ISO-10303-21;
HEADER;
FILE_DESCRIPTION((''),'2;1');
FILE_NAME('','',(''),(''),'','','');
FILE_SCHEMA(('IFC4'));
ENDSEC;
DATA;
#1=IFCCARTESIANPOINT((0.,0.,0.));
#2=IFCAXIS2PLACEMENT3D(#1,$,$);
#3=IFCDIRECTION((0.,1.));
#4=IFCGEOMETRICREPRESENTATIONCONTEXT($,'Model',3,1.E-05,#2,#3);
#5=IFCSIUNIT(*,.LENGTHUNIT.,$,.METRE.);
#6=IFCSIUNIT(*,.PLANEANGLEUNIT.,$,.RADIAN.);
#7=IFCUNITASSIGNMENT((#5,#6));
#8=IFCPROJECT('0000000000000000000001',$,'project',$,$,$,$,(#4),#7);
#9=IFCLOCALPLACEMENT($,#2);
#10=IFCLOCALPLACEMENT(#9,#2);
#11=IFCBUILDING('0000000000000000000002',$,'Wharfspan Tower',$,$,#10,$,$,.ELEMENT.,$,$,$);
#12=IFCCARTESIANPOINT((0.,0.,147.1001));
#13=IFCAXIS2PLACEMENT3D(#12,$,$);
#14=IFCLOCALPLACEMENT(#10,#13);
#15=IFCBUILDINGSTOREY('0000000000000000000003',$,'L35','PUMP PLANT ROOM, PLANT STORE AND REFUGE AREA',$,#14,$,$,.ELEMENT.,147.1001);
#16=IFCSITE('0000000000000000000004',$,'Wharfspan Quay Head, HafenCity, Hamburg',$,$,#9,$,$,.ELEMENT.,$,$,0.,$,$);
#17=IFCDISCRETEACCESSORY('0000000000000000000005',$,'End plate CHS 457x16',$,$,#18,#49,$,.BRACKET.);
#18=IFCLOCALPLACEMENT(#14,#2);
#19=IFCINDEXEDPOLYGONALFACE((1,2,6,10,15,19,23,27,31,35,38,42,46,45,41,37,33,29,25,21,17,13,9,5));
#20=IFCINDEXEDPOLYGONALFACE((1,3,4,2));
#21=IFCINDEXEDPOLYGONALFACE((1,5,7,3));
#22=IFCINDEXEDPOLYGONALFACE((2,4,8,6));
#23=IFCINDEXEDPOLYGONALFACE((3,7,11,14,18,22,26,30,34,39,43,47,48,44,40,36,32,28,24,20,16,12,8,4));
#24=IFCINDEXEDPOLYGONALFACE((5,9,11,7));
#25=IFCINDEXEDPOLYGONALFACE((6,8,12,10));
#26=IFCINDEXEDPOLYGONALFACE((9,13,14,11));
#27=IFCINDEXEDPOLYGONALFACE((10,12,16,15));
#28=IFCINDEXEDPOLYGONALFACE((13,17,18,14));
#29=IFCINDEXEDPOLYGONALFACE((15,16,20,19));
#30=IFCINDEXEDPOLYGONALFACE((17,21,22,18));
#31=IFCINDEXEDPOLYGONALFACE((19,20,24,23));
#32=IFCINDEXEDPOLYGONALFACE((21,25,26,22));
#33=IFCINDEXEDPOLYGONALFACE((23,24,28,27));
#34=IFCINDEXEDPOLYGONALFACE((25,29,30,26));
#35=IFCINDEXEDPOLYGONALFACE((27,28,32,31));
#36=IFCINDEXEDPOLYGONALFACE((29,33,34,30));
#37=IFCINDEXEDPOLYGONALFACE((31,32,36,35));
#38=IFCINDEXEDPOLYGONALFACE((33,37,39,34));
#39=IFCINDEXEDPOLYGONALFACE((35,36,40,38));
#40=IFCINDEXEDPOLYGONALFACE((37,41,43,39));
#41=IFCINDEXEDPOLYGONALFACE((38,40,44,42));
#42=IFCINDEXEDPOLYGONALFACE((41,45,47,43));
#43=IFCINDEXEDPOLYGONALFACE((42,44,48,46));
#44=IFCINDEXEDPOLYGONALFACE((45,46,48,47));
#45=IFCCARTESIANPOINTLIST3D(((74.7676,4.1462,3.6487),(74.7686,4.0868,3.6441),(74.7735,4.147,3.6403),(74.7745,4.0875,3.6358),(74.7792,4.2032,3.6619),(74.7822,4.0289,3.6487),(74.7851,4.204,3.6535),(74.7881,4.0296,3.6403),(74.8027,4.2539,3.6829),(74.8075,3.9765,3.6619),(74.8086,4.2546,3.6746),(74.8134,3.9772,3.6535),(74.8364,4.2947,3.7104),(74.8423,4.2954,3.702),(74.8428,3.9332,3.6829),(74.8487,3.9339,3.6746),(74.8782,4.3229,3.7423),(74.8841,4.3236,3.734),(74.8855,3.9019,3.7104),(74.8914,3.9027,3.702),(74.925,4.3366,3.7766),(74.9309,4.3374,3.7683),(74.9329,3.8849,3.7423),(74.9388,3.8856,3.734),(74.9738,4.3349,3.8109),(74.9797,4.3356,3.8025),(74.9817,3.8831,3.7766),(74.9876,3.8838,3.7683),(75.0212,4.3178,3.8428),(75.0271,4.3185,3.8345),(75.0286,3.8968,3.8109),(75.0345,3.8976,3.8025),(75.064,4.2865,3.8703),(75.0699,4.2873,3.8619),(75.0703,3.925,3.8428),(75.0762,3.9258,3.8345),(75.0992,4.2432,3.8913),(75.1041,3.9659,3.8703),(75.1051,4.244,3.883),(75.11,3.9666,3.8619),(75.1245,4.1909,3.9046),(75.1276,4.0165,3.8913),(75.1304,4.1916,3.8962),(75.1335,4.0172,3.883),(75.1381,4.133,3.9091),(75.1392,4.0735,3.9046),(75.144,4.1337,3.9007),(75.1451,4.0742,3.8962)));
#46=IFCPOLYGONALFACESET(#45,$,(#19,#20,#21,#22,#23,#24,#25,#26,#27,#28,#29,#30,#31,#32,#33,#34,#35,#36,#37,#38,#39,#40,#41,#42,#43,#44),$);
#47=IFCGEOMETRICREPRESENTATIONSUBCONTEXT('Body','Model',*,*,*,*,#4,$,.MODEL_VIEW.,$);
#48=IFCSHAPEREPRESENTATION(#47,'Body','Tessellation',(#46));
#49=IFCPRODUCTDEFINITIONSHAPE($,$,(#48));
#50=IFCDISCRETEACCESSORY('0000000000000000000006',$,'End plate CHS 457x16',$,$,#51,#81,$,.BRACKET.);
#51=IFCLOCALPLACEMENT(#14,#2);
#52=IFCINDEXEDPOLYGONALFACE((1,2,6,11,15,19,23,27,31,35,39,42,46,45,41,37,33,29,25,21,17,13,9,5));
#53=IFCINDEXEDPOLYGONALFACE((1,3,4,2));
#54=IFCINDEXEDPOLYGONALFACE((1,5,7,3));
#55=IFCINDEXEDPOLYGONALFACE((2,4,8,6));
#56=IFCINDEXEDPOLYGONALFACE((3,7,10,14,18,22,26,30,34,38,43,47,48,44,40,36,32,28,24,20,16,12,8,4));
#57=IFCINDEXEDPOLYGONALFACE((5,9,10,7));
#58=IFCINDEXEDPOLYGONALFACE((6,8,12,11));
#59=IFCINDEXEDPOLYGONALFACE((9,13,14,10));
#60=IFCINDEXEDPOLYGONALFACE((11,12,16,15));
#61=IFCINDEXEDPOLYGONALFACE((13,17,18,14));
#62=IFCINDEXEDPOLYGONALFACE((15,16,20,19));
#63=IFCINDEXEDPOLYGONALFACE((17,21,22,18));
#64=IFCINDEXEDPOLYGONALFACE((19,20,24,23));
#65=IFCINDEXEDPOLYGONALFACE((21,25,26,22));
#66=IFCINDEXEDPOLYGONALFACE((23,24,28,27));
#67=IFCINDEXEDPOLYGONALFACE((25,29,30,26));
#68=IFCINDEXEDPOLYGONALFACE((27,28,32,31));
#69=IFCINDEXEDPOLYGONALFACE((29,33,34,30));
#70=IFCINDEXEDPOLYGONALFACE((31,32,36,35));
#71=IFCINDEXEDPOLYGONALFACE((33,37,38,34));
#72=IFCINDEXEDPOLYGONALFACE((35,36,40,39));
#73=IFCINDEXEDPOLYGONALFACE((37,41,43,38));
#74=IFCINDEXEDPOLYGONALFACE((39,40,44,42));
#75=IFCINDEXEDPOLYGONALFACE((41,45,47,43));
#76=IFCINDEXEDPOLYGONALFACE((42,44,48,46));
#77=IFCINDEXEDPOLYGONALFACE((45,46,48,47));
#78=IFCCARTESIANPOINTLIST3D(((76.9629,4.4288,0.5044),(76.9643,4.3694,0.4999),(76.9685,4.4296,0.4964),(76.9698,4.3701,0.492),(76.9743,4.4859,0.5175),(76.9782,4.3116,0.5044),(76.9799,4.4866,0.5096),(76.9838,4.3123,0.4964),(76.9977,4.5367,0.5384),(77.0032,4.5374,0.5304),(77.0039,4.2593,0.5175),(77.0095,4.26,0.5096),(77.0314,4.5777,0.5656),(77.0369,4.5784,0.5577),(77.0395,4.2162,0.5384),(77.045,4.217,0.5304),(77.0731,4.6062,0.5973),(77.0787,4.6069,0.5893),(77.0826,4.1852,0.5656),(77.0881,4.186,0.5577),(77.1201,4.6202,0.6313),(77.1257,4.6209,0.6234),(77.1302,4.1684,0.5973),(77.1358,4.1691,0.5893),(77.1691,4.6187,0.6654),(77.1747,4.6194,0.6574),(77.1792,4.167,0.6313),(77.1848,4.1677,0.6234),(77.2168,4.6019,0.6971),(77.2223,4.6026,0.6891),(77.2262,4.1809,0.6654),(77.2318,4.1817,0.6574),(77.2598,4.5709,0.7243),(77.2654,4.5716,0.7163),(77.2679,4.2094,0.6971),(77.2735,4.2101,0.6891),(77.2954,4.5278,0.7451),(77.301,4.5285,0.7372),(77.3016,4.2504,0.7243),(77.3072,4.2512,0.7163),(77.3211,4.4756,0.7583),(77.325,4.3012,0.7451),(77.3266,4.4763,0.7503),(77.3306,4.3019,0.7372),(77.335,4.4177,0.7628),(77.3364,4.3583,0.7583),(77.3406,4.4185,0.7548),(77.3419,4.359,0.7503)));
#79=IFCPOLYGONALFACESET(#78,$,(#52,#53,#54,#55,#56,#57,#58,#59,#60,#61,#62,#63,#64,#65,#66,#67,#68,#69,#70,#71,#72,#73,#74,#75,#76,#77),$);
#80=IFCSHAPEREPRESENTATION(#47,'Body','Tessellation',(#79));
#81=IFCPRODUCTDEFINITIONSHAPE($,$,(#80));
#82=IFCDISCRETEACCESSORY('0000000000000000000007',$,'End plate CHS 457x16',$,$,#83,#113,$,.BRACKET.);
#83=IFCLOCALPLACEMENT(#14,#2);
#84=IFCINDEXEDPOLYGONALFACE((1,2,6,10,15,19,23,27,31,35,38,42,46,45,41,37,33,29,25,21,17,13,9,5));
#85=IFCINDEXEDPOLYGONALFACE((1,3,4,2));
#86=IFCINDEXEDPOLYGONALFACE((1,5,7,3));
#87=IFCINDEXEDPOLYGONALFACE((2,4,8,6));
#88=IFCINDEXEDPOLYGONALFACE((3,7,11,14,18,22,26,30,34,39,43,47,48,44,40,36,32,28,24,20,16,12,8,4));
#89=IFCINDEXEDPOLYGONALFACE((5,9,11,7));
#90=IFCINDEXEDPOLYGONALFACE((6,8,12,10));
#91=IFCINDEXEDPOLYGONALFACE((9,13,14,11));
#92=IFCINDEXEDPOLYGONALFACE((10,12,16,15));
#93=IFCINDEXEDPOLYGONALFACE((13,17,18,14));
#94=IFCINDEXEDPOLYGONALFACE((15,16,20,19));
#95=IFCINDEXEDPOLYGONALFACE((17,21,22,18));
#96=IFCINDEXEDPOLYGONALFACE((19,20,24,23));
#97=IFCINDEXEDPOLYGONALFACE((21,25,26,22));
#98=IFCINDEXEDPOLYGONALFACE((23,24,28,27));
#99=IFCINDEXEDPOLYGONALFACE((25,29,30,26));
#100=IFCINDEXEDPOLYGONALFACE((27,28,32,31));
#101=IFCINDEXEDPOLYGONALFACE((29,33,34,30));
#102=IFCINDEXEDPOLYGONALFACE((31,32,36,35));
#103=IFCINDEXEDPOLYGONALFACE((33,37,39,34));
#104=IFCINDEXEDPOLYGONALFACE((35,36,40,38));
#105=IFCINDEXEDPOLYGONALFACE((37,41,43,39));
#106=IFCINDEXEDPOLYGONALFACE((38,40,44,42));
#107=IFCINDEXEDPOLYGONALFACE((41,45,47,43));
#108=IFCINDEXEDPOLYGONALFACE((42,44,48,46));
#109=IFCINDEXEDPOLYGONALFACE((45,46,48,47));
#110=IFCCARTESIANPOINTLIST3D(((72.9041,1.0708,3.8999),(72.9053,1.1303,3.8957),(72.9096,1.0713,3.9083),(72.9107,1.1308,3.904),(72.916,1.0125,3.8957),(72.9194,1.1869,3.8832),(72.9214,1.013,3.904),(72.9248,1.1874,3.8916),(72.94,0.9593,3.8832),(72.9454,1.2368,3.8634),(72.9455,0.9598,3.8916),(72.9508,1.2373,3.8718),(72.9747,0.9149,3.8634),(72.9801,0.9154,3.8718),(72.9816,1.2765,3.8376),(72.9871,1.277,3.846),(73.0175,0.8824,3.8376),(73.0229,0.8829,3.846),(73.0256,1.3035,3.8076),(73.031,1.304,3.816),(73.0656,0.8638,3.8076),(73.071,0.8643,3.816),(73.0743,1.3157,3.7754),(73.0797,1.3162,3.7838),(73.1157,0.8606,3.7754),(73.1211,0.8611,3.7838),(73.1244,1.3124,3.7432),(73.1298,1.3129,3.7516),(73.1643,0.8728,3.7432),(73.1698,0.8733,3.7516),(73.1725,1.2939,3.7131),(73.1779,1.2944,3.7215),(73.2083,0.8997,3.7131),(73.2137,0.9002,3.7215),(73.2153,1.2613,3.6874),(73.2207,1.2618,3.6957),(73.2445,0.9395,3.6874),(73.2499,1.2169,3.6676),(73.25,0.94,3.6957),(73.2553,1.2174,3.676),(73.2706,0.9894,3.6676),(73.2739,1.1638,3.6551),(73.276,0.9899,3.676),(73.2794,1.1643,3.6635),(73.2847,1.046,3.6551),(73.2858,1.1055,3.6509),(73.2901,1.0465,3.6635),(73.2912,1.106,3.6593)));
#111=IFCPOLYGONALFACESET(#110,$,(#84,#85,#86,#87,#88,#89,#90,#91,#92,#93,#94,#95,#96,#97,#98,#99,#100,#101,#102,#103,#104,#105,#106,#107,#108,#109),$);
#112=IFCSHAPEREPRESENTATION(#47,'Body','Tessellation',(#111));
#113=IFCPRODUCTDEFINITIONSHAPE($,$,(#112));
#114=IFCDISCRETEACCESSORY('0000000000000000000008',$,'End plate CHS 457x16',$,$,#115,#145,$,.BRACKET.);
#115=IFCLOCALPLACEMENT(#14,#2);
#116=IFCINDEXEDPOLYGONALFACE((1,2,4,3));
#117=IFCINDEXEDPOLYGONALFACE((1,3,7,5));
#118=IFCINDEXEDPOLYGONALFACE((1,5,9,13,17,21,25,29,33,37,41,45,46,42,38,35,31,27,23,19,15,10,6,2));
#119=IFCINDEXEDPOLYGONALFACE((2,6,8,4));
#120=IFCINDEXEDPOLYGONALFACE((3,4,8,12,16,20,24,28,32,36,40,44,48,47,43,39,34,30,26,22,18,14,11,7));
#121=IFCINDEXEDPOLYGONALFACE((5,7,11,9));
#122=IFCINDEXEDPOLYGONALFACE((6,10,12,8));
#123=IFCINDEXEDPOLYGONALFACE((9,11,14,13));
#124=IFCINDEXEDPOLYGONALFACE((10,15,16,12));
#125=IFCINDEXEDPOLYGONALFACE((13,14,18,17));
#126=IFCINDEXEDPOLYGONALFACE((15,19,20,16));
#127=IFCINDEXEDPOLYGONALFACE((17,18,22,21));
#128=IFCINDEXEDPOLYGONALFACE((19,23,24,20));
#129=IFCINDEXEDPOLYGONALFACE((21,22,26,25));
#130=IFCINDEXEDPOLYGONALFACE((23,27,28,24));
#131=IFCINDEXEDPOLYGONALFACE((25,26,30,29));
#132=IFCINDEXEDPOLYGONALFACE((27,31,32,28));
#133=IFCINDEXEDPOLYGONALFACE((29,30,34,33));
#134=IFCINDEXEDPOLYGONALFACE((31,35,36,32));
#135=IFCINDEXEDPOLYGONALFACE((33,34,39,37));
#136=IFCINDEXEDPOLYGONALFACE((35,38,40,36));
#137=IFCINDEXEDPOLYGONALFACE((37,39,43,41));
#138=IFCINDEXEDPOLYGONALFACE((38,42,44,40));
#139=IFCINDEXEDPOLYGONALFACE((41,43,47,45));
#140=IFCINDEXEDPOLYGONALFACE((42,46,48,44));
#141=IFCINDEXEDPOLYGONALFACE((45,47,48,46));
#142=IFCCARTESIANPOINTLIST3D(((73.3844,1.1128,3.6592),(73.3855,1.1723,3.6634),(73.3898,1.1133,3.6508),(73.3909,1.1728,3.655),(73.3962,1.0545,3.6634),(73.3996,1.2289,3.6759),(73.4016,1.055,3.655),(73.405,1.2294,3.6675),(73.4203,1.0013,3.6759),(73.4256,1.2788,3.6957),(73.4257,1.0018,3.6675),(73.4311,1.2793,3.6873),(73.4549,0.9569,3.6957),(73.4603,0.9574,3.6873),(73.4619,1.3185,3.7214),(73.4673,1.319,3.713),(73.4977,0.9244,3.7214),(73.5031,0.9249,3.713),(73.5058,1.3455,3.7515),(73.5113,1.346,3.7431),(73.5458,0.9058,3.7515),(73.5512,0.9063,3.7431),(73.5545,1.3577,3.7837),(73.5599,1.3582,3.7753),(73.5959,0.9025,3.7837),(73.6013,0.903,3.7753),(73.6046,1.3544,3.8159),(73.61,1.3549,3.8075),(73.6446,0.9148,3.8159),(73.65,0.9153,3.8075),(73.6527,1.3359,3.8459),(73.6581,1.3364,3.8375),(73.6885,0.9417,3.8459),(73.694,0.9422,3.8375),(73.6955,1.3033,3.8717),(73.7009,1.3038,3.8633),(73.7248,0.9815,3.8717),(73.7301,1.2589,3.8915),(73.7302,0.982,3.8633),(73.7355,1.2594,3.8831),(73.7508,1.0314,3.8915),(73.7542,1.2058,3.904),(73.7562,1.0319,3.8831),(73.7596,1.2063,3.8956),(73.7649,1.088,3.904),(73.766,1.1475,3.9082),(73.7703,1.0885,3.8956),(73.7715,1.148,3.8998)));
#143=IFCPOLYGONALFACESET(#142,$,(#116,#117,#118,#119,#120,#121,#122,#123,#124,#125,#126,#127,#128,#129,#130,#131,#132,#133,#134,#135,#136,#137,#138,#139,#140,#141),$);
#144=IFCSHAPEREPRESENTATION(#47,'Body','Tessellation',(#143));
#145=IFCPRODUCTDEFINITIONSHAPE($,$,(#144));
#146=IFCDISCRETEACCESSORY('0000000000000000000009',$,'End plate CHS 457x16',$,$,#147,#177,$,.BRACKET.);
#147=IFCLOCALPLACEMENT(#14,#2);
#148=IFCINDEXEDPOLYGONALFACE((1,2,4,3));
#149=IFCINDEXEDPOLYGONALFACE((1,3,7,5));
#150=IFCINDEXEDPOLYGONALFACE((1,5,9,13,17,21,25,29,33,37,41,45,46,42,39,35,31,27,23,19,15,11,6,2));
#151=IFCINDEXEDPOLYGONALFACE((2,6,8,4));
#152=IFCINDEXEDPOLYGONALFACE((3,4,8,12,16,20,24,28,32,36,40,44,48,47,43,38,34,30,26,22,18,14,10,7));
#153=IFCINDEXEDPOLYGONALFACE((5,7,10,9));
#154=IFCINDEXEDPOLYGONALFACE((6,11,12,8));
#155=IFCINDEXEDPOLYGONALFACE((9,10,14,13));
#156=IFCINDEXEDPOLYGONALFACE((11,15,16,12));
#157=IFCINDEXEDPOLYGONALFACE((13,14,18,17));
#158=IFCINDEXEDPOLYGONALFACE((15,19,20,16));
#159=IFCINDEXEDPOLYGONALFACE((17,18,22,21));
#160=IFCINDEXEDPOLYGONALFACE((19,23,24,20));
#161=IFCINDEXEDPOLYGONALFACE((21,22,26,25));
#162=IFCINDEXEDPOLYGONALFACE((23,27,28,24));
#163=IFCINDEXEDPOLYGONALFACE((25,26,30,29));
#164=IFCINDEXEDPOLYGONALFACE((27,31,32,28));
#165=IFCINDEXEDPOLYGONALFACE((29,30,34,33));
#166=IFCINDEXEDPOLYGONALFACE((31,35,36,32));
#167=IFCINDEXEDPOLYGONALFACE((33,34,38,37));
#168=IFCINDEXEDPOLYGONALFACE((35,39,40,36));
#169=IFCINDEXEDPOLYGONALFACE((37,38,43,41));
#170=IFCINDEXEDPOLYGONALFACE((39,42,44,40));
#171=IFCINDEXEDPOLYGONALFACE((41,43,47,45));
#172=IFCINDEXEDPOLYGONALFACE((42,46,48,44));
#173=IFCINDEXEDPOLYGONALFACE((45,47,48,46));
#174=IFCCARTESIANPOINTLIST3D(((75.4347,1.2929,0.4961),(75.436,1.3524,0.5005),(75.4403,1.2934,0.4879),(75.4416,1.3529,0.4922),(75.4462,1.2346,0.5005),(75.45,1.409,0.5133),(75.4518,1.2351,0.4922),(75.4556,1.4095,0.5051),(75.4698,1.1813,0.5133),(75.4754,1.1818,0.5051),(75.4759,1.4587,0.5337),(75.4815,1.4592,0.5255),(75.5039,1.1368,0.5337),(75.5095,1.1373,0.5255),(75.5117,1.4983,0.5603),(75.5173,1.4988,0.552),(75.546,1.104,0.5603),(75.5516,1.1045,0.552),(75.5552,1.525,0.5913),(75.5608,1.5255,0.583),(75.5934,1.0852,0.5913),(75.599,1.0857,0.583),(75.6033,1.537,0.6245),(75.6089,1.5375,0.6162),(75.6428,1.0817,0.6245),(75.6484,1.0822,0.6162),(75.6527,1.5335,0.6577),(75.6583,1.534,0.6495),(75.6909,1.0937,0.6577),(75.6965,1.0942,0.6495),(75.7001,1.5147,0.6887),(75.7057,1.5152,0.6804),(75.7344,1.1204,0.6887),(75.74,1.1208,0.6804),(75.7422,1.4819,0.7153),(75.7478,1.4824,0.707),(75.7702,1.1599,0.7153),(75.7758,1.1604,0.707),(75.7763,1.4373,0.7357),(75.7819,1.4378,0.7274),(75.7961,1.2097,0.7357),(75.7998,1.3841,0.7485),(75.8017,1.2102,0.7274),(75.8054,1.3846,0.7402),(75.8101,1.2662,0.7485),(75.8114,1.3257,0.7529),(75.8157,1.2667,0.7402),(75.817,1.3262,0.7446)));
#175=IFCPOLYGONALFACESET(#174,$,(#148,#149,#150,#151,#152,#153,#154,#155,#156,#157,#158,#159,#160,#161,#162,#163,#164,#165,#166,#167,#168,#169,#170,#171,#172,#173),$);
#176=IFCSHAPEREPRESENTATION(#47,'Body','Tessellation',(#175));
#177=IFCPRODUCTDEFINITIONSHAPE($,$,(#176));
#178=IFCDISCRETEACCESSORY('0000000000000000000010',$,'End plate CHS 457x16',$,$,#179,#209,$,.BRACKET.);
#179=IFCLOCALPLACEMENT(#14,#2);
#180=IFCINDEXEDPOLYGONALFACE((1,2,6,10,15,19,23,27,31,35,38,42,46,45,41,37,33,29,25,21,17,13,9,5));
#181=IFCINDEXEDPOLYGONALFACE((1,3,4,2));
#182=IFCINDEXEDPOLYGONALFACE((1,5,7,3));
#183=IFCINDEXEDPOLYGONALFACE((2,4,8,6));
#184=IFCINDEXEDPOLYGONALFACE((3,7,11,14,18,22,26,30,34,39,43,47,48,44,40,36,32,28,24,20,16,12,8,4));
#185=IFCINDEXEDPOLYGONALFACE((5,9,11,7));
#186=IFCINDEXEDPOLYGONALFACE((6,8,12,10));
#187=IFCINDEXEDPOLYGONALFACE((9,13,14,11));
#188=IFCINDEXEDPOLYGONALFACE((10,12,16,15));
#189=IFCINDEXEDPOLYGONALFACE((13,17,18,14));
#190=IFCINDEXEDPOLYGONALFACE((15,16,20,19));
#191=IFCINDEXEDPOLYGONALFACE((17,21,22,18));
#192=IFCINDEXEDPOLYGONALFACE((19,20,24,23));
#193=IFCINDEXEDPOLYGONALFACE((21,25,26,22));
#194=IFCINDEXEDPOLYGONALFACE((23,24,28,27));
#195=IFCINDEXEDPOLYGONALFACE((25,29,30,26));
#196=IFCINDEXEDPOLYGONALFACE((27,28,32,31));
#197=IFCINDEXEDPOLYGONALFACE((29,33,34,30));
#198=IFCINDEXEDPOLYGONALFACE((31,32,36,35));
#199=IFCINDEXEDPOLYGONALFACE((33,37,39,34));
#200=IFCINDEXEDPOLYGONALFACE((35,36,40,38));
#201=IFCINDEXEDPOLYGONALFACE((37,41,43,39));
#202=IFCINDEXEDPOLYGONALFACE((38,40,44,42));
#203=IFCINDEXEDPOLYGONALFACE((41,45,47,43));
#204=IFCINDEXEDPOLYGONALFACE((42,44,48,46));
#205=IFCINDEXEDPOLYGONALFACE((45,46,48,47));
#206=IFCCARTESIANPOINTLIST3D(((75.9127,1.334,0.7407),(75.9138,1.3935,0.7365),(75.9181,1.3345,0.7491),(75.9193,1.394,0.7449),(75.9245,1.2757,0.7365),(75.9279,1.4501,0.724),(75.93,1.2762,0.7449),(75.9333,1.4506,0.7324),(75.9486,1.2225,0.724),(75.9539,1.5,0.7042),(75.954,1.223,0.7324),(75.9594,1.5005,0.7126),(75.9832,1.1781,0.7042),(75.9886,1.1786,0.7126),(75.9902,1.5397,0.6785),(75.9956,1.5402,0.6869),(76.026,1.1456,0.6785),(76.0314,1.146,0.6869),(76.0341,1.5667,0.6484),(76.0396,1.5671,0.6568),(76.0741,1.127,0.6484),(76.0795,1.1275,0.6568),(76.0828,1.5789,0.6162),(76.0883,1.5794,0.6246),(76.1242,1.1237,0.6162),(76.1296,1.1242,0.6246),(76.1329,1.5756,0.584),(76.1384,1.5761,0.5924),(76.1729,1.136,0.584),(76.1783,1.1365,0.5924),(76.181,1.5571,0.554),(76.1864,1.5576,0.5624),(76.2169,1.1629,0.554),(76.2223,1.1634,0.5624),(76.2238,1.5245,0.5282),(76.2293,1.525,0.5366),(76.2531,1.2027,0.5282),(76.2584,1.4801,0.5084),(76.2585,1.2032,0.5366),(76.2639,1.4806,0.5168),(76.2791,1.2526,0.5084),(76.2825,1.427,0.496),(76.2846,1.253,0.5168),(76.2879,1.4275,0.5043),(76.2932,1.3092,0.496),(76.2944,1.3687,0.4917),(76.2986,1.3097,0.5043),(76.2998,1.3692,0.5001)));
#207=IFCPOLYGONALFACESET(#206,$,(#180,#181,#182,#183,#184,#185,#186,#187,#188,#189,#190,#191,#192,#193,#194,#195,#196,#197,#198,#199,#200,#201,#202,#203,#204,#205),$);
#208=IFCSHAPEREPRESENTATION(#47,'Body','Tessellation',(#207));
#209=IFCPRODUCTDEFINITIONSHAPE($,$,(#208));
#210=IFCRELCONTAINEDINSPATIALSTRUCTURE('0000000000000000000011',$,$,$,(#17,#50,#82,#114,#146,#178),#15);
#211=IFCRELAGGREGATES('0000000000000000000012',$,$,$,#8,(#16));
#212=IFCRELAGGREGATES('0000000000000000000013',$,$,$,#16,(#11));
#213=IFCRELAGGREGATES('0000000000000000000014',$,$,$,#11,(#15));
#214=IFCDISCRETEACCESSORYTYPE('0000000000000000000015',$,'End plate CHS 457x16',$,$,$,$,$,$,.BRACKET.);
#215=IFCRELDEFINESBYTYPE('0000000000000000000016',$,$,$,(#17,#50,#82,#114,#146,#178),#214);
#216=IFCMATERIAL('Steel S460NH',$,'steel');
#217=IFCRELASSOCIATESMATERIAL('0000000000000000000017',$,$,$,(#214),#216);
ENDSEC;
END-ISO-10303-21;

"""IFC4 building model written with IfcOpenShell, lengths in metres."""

from ifc_helpers import new_model, si_unit, direction, frame, origin, origin_2d, place, context, subcontext, project, spatial, circle, extrude, material, material_profile, profile_set, type_object, element, save


model = new_model("IFC4")

# Units and contexts
model_context = context("Model", 3, precision=1e-05, world=origin(), true_north=direction((0.0, 1.0)))
body_context = subcontext(model_context, "Body", "Model", "MODEL_VIEW")
ifc_project = project(units=[si_unit("LENGTHUNIT", "METRE"), si_unit("PLANEANGLEUNIT", "RADIAN")], contexts=[model_context])

# Site, building, storey
site_placement = place(None, origin())
site = spatial("IfcSite", under=ifc_project, at=site_placement, Name="Wharfspan Quay Head, HafenCity, Hamburg", CompositionType="ELEMENT", RefElevation=0.0)
building_placement = place(site_placement, origin())
building = spatial("IfcBuilding", under=site, at=building_placement, Name="Wharfspan Tower", CompositionType="ELEMENT")
storey_placement = place(building_placement, frame((0.0, 0.0, 147.1001)))
storey = spatial("IfcBuildingStorey", under=building, at=storey_placement, Name="L35", Description="PUMP PLANT ROOM, PLANT STORE AND REFUGE AREA", CompositionType="ELEMENT", Elevation=147.1001)

# Shared definitions
ifc_material_1 = material(Name="Steel S460NH", Category="steel")

# Discrete accessories
ifc_material_profile_1 = material_profile(ifc_material_1, circle(Radius=0.2285, at=origin_2d()))
ifc_profile_set_1 = profile_set([ifc_material_profile_1], Name="Steel S460NH")
discrete_accessory_type_1 = type_object("IfcDiscreteAccessoryType", Name="End plate CHS 457x16", PredefinedType="BRACKET", material=ifc_profile_set_1)
for number, where, z_axis, x_axis, name in (
    (1, (74.9534, 4.1099, 3.7766), (0.575191, 0.071899, -0.814853), (-0.124036, 0.992275, -0.000001), "End plate CHS 457x16"),
):
    element("IfcDiscreteAccessory", number, at=place(storey_placement, frame(where, z_axis=z_axis, x_axis=x_axis)), inside=storey, type_object=discrete_accessory_type_1, Name=name, PredefinedType="BRACKET", context=body_context, shape_type="SweptSolid", body=[
        extrude(circle(Radius=0.2285, at=origin_2d()), origin(), (0.0, 0.0, 1.0), 0.0103),
    ])
discrete_accessory_1_placement = place(storey_placement, frame((77.1497, 4.3936, 0.6313), z_axis=(0.570209, 0.074375, -0.818126), x_axis=(-0.129339, 0.9916, 0.0)))
element("IfcDiscreteAccessory", 2, at=discrete_accessory_1_placement, inside=storey, type_object=discrete_accessory_type_1, Name="End plate CHS 457x16", PredefinedType="BRACKET", context=body_context, shape_type="SweptSolid", body=[
    extrude(circle(Radius=0.2285, at=origin_2d()), origin(), (0.0, 0.0, 1.0), 0.0098),
])
for number, where, z_axis, x_axis, name in (
    (3, (73.095, 1.0881, 3.7754), (0.54259, 0.049326, 0.838548), (-0.090535, 0.995892, 0.0), "End plate CHS 457x16"),
    (4, (73.5752, 1.1301, 3.7837), (0.54259, 0.049326, -0.838548), (-0.090535, 0.995892, 0.0), "End plate CHS 457x16"),
    (5, (75.623, 1.3093, 0.6245), (0.559645, 0.048665, -0.827302), (-0.086627, 0.99624, 0.000002), "End plate CHS 457x16"),
    (6, (76.1035, 1.3513, 0.6162), (0.54259, 0.049326, 0.838548), (-0.090535, 0.995892, 0.0), "End plate CHS 457x16"),
):
    element("IfcDiscreteAccessory", number, at=place(storey_placement, frame(where, z_axis=z_axis, x_axis=x_axis)), inside=storey, type_object=discrete_accessory_type_1, Name=name, PredefinedType="BRACKET", context=body_context, shape_type="SweptSolid", body=[
        extrude(circle(Radius=0.2285, at=origin_2d()), origin(), (0.0, 0.0, 1.0), 0.01),
    ])

save(model, "model.ifc")
